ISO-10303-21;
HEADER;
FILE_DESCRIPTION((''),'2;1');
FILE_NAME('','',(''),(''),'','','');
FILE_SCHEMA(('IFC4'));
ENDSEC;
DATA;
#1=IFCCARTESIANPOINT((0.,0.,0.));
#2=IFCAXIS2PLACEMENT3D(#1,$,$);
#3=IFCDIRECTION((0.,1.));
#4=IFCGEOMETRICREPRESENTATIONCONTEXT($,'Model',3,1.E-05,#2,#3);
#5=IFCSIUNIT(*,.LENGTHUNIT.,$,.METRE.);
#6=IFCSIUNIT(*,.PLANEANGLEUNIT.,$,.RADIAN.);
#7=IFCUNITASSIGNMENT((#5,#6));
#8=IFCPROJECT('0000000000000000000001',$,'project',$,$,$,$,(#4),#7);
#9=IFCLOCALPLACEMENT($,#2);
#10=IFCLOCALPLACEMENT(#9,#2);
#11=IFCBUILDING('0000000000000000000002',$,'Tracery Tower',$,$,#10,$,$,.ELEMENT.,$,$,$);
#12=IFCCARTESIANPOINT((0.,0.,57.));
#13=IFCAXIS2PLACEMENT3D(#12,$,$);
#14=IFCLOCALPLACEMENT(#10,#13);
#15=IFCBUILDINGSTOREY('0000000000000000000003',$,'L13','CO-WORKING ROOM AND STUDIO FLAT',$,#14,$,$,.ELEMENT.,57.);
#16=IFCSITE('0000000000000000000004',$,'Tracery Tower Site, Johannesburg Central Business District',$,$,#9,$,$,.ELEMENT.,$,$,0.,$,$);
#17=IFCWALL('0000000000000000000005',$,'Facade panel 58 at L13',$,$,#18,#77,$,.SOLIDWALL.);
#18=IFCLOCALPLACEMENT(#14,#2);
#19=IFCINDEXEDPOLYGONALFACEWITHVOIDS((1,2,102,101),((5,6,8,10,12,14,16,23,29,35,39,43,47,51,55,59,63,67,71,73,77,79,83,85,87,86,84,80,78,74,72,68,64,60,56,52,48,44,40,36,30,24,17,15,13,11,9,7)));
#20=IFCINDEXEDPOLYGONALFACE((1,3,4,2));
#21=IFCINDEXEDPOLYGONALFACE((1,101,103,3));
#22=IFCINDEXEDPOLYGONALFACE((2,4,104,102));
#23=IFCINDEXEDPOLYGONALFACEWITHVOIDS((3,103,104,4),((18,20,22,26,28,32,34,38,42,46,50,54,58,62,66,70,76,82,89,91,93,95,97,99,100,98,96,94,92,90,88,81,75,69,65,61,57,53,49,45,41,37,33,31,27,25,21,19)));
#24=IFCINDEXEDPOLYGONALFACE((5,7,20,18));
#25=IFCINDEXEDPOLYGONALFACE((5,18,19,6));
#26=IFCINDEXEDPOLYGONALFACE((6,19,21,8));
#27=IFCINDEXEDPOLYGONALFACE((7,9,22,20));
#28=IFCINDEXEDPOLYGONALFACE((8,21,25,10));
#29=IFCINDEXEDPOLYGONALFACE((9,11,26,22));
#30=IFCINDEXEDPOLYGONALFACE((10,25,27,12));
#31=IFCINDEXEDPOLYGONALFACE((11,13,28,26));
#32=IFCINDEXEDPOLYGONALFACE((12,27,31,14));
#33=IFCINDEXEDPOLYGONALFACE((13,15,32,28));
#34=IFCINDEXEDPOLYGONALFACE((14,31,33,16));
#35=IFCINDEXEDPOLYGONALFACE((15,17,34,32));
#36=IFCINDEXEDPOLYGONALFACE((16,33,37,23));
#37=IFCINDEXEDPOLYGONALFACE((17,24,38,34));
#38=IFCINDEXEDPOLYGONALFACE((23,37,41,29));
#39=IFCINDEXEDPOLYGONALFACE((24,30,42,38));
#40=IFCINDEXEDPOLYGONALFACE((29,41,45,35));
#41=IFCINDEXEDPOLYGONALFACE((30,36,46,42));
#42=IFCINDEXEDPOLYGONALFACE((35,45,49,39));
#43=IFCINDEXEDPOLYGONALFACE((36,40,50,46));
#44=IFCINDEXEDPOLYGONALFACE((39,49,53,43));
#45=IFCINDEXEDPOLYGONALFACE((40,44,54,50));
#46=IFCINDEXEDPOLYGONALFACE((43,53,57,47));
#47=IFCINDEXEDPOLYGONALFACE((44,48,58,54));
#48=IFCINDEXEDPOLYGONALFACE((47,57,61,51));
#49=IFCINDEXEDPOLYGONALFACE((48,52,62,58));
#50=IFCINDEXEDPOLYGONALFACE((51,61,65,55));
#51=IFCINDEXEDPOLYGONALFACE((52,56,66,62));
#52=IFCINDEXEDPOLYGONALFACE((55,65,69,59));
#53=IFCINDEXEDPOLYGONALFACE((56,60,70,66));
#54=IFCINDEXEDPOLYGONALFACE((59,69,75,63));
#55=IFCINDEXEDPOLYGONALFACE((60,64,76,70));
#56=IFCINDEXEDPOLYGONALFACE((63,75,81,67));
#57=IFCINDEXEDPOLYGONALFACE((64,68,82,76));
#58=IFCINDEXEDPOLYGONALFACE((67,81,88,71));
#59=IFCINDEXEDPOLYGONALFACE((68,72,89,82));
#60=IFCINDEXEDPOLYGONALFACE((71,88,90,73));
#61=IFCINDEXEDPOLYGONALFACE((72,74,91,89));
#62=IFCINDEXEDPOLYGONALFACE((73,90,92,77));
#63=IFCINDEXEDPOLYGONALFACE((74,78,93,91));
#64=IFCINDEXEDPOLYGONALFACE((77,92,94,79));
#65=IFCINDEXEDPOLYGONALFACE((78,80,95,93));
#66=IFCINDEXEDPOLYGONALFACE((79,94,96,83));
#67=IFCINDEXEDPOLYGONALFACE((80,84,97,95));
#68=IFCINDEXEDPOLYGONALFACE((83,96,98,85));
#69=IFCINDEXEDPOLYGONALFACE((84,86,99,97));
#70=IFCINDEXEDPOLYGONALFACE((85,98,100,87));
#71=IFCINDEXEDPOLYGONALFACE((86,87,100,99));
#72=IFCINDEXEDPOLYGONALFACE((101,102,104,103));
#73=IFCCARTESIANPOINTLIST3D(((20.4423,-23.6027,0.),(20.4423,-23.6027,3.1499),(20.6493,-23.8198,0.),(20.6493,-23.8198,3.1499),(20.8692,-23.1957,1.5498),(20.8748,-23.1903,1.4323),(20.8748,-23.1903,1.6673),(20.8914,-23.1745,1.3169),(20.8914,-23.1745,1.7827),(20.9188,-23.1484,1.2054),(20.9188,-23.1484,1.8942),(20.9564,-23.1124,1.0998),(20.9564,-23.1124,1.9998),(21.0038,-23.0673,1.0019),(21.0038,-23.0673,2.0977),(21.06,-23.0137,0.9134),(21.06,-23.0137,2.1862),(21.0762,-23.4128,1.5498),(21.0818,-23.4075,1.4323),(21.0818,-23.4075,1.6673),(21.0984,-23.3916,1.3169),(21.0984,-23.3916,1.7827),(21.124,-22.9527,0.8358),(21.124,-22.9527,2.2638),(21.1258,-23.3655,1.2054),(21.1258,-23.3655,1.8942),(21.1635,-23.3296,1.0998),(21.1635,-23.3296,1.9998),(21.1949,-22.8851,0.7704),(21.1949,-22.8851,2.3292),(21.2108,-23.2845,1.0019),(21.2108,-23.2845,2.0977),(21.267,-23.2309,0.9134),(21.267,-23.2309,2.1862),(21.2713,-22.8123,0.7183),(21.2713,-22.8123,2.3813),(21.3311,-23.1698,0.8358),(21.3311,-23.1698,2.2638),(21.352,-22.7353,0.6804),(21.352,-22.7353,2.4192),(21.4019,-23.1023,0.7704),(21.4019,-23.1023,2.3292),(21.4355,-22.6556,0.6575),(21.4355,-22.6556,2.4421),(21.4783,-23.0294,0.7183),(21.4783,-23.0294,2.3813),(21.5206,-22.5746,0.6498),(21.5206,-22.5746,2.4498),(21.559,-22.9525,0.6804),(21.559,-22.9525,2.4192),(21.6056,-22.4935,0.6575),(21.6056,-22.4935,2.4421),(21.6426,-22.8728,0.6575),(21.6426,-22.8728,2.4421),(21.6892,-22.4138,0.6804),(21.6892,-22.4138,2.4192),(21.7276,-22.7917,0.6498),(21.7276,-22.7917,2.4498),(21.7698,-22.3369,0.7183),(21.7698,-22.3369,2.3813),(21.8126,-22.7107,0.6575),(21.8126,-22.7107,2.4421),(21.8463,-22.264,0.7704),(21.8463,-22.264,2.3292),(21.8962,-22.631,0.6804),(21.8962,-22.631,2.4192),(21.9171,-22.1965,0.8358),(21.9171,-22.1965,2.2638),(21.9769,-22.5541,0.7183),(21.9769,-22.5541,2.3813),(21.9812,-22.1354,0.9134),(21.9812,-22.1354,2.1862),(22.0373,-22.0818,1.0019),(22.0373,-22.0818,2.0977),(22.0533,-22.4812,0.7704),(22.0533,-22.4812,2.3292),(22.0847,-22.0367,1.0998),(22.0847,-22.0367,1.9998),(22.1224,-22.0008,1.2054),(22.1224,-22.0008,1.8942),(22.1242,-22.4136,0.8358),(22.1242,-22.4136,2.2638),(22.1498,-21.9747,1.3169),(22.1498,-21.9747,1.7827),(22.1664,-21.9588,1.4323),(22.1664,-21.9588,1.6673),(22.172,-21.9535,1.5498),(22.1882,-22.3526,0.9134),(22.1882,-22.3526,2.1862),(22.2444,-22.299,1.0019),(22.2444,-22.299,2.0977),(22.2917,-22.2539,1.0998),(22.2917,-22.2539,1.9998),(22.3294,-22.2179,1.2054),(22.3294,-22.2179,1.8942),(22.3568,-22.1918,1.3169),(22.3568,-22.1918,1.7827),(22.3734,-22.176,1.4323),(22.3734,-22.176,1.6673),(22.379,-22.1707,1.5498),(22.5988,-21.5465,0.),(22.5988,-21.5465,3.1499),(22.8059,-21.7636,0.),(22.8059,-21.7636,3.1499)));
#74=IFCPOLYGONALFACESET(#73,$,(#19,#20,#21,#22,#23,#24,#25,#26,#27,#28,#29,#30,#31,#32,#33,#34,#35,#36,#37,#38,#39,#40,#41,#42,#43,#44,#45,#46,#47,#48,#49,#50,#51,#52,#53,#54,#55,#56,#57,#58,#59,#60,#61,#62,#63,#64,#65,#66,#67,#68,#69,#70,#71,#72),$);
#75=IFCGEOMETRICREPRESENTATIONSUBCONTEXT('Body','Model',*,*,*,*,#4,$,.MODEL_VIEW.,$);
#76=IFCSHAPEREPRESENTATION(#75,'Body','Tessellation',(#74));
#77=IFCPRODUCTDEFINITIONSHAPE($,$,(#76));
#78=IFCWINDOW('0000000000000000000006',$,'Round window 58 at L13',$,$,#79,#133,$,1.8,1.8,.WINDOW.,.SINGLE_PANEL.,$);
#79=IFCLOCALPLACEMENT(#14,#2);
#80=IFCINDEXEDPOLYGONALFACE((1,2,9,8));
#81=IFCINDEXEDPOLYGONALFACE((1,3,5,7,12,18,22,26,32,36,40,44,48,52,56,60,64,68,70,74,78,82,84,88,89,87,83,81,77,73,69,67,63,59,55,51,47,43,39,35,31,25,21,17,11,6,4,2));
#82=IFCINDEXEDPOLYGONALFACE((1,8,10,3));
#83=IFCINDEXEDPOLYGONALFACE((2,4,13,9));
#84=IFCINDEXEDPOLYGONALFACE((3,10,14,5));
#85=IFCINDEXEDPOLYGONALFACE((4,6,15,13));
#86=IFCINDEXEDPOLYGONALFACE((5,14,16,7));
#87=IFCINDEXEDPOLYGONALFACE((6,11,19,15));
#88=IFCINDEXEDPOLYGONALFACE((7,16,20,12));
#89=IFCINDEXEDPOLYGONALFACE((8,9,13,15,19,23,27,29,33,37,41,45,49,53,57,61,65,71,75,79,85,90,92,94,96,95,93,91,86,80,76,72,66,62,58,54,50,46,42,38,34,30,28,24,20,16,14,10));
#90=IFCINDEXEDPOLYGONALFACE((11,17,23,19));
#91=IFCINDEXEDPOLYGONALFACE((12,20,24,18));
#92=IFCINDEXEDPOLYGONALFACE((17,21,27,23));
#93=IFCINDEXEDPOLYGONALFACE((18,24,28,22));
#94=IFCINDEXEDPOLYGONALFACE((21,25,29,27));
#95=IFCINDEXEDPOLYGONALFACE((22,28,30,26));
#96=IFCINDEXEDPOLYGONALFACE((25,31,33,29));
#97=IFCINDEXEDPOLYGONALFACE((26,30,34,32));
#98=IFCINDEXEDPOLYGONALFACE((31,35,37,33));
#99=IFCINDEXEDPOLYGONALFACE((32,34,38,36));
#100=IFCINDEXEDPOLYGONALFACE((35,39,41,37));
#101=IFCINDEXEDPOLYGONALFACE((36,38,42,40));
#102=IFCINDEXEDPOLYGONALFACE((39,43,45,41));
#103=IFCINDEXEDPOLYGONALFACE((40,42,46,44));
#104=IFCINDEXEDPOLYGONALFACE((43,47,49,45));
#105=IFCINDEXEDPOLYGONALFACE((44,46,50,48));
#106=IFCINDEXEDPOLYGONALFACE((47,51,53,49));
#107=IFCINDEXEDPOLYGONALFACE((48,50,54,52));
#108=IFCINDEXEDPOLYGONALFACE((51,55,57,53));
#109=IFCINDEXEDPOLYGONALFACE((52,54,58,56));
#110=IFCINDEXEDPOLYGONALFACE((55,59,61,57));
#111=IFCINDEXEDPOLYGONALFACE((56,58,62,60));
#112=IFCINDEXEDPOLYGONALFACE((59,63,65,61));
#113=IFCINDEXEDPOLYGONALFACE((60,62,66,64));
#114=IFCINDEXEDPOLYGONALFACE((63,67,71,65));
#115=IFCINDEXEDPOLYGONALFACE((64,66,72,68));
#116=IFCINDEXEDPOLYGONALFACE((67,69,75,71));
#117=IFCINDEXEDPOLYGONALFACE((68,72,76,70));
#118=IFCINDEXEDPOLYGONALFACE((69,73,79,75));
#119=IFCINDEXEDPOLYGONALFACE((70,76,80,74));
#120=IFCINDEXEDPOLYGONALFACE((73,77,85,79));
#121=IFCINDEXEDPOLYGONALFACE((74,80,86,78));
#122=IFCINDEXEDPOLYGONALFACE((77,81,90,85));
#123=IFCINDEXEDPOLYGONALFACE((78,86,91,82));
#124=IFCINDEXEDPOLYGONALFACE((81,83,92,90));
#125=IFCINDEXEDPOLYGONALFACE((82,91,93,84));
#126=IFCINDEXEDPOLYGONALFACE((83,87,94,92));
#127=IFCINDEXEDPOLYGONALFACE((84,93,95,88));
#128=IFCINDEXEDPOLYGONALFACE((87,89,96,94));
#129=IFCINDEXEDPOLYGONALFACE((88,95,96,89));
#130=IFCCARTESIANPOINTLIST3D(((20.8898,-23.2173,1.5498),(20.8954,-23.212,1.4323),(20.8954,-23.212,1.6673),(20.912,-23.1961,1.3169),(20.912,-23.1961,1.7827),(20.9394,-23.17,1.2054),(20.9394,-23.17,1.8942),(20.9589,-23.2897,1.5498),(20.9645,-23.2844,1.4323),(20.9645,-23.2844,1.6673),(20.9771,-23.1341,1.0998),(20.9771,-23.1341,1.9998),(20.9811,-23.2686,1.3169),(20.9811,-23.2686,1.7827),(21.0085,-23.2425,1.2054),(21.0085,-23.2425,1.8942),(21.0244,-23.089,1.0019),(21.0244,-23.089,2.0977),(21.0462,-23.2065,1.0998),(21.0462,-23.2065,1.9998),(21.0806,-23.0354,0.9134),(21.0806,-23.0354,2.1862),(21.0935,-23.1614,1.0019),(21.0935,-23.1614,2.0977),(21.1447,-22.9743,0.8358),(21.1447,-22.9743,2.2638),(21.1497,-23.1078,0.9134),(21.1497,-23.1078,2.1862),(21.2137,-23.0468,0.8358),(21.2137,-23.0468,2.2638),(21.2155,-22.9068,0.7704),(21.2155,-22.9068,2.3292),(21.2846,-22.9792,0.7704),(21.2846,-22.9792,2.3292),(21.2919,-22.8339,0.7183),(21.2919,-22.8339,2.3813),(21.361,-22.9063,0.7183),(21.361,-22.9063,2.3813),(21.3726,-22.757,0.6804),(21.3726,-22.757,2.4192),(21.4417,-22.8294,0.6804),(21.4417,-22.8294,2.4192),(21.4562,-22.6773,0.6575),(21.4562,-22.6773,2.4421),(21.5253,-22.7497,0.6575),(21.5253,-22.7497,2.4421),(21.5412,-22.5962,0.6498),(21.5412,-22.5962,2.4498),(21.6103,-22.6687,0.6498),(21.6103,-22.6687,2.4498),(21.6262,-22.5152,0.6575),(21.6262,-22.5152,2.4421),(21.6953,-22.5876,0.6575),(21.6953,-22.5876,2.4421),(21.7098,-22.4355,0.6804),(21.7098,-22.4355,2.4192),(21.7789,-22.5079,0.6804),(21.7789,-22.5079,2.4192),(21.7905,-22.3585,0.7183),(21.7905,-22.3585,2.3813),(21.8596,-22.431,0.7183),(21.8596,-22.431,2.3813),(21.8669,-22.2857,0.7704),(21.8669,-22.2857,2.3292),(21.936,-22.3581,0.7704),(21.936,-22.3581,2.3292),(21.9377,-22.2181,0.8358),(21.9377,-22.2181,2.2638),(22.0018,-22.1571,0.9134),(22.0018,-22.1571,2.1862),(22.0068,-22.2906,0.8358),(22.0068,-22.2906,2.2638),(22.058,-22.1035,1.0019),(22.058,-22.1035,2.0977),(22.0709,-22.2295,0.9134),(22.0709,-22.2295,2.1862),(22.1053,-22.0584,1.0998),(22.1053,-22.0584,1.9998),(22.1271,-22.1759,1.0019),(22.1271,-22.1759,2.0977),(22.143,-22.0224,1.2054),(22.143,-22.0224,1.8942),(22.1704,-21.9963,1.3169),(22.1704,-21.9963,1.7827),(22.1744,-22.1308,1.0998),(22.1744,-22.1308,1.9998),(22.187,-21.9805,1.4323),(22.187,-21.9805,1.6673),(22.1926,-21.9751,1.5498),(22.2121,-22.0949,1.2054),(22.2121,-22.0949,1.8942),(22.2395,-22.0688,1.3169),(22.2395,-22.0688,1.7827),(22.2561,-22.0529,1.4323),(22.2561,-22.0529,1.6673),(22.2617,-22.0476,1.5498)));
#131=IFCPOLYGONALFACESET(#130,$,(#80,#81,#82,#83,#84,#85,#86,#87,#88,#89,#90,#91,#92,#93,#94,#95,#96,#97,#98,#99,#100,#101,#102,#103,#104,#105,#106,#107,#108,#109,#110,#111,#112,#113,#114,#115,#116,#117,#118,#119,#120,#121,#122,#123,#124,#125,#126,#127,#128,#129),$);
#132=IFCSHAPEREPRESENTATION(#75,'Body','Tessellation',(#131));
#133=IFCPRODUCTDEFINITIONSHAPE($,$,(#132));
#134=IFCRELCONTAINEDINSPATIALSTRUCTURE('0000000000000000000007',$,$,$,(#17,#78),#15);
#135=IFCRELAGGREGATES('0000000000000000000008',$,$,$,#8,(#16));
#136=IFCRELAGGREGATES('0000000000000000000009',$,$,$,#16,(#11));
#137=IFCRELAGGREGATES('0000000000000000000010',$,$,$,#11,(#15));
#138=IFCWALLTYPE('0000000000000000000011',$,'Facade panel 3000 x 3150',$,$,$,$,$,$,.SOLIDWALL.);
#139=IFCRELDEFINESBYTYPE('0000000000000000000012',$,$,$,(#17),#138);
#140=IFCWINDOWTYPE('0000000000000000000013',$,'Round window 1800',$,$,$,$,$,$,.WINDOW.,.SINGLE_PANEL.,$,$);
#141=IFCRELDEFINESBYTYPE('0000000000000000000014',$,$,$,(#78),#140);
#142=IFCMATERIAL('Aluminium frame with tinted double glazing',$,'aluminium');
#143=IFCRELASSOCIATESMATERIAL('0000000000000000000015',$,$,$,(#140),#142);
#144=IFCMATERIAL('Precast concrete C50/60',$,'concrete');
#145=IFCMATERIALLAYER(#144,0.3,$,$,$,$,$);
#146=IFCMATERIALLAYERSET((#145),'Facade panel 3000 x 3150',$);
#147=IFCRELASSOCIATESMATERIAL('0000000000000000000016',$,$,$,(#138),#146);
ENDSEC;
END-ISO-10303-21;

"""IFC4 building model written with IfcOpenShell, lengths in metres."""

from ifc_helpers import new_model, si_unit, direction, frame, frame_2d, origin, origin_2d, place, context, subcontext, project, spatial, rectangle, circle, extrude, material, layer, layer_set, type_object, element, fill, save


model = new_model("IFC4")

# Units and contexts
model_context = context("Model", 3, precision=1e-05, world=origin(), true_north=direction((0.0, 1.0)))
body_context = subcontext(model_context, "Body", "Model", "MODEL_VIEW")
ifc_project = project(units=[si_unit("LENGTHUNIT", "METRE"), si_unit("PLANEANGLEUNIT", "RADIAN")], contexts=[model_context])

# Site, building, storey
site_placement = place(None, origin())
site = spatial("IfcSite", under=ifc_project, at=site_placement, Name="Tracery Tower Site, Johannesburg Central Business District", CompositionType="ELEMENT", RefElevation=0.0)
building_placement = place(site_placement, origin())
building = spatial("IfcBuilding", under=site, at=building_placement, Name="Tracery Tower", CompositionType="ELEMENT")
storey_placement = place(building_placement, frame((0.0, 0.0, 57.0)))
storey = spatial("IfcBuildingStorey", under=building, at=storey_placement, Name="L13", Description="CO-WORKING ROOM AND STUDIO FLAT", CompositionType="ELEMENT", Elevation=57.0)

# Wall, opening, window
ifc_material_1 = material(Name="Aluminium frame with tinted double glazing", Category="aluminium")
window_type = type_object("IfcWindowType", Name="Round window 1800", PartitioningType="SINGLE_PANEL", PredefinedType="WINDOW", material=ifc_material_1)
ifc_material_2 = material(Name="Precast concrete C50/60", Category="concrete")
ifc_layer_1 = layer(ifc_material_2, 0.3)
ifc_layer_set_1 = layer_set([ifc_layer_1], Name="Facade panel 3000 x 3150")
wall_type_1 = type_object("IfcWallType", Name="Facade panel 3000 x 3150", PredefinedType="SOLIDWALL", material=ifc_layer_set_1)
wall_1_placement = place(storey_placement, frame((20.5459, -23.7112, 0.0), z_axis=(0.0, 0.0, 1.0), x_axis=(0.723744, 0.690068, 0.0)))
wall_1 = element("IfcWall", 1, at=wall_1_placement, inside=storey, type_object=wall_type_1, Name="Facade panel 58 at L13", PredefinedType="SOLIDWALL", context=body_context, shape_type="SweptSolid", body=[
    extrude(rectangle(XDim=2.9797, YDim=0.3, at=frame_2d((1.4897, 0.0))), origin(), (0.0, 0.0, 1.0), 3.1499),
])
opening_1_placement = place(wall_1_placement, frame((1.4897, 0.0, 1.5498)))
opening_1 = element("IfcOpeningElement", 2, at=opening_1_placement, cuts=wall_1, PredefinedType="OPENING", context=body_context, shape_type="SweptSolid", body=[
    extrude(circle(Radius=0.9, at=origin_2d()), frame((0.0, 0.1599, 0.0), z_axis=(0.0, -1.0, 0.0), x_axis=(1.0, 0.0, 0.0)), (0.0, 0.0, 1.0), 0.3201),
])
window_1_placement = place(opening_1_placement, origin())
window_1 = element("IfcWindow", 3, at=window_1_placement, inside=storey, type_object=window_type, Name="Round window 58 at L13", OverallHeight=1.8, OverallWidth=1.8, PartitioningType="SINGLE_PANEL", PredefinedType="WINDOW", context=body_context, shape_type="SweptSolid", body=[
    extrude(circle(Radius=0.9, at=origin_2d()), frame((0.0, 0.1201, 0.0), z_axis=(0.0, -1.0, 0.0), x_axis=(1.0, 0.0, 0.0)), (0.0, 0.0, 1.0), 0.1001),
])
fill(opening_1, window_1)

save(model, "model.ifc")
